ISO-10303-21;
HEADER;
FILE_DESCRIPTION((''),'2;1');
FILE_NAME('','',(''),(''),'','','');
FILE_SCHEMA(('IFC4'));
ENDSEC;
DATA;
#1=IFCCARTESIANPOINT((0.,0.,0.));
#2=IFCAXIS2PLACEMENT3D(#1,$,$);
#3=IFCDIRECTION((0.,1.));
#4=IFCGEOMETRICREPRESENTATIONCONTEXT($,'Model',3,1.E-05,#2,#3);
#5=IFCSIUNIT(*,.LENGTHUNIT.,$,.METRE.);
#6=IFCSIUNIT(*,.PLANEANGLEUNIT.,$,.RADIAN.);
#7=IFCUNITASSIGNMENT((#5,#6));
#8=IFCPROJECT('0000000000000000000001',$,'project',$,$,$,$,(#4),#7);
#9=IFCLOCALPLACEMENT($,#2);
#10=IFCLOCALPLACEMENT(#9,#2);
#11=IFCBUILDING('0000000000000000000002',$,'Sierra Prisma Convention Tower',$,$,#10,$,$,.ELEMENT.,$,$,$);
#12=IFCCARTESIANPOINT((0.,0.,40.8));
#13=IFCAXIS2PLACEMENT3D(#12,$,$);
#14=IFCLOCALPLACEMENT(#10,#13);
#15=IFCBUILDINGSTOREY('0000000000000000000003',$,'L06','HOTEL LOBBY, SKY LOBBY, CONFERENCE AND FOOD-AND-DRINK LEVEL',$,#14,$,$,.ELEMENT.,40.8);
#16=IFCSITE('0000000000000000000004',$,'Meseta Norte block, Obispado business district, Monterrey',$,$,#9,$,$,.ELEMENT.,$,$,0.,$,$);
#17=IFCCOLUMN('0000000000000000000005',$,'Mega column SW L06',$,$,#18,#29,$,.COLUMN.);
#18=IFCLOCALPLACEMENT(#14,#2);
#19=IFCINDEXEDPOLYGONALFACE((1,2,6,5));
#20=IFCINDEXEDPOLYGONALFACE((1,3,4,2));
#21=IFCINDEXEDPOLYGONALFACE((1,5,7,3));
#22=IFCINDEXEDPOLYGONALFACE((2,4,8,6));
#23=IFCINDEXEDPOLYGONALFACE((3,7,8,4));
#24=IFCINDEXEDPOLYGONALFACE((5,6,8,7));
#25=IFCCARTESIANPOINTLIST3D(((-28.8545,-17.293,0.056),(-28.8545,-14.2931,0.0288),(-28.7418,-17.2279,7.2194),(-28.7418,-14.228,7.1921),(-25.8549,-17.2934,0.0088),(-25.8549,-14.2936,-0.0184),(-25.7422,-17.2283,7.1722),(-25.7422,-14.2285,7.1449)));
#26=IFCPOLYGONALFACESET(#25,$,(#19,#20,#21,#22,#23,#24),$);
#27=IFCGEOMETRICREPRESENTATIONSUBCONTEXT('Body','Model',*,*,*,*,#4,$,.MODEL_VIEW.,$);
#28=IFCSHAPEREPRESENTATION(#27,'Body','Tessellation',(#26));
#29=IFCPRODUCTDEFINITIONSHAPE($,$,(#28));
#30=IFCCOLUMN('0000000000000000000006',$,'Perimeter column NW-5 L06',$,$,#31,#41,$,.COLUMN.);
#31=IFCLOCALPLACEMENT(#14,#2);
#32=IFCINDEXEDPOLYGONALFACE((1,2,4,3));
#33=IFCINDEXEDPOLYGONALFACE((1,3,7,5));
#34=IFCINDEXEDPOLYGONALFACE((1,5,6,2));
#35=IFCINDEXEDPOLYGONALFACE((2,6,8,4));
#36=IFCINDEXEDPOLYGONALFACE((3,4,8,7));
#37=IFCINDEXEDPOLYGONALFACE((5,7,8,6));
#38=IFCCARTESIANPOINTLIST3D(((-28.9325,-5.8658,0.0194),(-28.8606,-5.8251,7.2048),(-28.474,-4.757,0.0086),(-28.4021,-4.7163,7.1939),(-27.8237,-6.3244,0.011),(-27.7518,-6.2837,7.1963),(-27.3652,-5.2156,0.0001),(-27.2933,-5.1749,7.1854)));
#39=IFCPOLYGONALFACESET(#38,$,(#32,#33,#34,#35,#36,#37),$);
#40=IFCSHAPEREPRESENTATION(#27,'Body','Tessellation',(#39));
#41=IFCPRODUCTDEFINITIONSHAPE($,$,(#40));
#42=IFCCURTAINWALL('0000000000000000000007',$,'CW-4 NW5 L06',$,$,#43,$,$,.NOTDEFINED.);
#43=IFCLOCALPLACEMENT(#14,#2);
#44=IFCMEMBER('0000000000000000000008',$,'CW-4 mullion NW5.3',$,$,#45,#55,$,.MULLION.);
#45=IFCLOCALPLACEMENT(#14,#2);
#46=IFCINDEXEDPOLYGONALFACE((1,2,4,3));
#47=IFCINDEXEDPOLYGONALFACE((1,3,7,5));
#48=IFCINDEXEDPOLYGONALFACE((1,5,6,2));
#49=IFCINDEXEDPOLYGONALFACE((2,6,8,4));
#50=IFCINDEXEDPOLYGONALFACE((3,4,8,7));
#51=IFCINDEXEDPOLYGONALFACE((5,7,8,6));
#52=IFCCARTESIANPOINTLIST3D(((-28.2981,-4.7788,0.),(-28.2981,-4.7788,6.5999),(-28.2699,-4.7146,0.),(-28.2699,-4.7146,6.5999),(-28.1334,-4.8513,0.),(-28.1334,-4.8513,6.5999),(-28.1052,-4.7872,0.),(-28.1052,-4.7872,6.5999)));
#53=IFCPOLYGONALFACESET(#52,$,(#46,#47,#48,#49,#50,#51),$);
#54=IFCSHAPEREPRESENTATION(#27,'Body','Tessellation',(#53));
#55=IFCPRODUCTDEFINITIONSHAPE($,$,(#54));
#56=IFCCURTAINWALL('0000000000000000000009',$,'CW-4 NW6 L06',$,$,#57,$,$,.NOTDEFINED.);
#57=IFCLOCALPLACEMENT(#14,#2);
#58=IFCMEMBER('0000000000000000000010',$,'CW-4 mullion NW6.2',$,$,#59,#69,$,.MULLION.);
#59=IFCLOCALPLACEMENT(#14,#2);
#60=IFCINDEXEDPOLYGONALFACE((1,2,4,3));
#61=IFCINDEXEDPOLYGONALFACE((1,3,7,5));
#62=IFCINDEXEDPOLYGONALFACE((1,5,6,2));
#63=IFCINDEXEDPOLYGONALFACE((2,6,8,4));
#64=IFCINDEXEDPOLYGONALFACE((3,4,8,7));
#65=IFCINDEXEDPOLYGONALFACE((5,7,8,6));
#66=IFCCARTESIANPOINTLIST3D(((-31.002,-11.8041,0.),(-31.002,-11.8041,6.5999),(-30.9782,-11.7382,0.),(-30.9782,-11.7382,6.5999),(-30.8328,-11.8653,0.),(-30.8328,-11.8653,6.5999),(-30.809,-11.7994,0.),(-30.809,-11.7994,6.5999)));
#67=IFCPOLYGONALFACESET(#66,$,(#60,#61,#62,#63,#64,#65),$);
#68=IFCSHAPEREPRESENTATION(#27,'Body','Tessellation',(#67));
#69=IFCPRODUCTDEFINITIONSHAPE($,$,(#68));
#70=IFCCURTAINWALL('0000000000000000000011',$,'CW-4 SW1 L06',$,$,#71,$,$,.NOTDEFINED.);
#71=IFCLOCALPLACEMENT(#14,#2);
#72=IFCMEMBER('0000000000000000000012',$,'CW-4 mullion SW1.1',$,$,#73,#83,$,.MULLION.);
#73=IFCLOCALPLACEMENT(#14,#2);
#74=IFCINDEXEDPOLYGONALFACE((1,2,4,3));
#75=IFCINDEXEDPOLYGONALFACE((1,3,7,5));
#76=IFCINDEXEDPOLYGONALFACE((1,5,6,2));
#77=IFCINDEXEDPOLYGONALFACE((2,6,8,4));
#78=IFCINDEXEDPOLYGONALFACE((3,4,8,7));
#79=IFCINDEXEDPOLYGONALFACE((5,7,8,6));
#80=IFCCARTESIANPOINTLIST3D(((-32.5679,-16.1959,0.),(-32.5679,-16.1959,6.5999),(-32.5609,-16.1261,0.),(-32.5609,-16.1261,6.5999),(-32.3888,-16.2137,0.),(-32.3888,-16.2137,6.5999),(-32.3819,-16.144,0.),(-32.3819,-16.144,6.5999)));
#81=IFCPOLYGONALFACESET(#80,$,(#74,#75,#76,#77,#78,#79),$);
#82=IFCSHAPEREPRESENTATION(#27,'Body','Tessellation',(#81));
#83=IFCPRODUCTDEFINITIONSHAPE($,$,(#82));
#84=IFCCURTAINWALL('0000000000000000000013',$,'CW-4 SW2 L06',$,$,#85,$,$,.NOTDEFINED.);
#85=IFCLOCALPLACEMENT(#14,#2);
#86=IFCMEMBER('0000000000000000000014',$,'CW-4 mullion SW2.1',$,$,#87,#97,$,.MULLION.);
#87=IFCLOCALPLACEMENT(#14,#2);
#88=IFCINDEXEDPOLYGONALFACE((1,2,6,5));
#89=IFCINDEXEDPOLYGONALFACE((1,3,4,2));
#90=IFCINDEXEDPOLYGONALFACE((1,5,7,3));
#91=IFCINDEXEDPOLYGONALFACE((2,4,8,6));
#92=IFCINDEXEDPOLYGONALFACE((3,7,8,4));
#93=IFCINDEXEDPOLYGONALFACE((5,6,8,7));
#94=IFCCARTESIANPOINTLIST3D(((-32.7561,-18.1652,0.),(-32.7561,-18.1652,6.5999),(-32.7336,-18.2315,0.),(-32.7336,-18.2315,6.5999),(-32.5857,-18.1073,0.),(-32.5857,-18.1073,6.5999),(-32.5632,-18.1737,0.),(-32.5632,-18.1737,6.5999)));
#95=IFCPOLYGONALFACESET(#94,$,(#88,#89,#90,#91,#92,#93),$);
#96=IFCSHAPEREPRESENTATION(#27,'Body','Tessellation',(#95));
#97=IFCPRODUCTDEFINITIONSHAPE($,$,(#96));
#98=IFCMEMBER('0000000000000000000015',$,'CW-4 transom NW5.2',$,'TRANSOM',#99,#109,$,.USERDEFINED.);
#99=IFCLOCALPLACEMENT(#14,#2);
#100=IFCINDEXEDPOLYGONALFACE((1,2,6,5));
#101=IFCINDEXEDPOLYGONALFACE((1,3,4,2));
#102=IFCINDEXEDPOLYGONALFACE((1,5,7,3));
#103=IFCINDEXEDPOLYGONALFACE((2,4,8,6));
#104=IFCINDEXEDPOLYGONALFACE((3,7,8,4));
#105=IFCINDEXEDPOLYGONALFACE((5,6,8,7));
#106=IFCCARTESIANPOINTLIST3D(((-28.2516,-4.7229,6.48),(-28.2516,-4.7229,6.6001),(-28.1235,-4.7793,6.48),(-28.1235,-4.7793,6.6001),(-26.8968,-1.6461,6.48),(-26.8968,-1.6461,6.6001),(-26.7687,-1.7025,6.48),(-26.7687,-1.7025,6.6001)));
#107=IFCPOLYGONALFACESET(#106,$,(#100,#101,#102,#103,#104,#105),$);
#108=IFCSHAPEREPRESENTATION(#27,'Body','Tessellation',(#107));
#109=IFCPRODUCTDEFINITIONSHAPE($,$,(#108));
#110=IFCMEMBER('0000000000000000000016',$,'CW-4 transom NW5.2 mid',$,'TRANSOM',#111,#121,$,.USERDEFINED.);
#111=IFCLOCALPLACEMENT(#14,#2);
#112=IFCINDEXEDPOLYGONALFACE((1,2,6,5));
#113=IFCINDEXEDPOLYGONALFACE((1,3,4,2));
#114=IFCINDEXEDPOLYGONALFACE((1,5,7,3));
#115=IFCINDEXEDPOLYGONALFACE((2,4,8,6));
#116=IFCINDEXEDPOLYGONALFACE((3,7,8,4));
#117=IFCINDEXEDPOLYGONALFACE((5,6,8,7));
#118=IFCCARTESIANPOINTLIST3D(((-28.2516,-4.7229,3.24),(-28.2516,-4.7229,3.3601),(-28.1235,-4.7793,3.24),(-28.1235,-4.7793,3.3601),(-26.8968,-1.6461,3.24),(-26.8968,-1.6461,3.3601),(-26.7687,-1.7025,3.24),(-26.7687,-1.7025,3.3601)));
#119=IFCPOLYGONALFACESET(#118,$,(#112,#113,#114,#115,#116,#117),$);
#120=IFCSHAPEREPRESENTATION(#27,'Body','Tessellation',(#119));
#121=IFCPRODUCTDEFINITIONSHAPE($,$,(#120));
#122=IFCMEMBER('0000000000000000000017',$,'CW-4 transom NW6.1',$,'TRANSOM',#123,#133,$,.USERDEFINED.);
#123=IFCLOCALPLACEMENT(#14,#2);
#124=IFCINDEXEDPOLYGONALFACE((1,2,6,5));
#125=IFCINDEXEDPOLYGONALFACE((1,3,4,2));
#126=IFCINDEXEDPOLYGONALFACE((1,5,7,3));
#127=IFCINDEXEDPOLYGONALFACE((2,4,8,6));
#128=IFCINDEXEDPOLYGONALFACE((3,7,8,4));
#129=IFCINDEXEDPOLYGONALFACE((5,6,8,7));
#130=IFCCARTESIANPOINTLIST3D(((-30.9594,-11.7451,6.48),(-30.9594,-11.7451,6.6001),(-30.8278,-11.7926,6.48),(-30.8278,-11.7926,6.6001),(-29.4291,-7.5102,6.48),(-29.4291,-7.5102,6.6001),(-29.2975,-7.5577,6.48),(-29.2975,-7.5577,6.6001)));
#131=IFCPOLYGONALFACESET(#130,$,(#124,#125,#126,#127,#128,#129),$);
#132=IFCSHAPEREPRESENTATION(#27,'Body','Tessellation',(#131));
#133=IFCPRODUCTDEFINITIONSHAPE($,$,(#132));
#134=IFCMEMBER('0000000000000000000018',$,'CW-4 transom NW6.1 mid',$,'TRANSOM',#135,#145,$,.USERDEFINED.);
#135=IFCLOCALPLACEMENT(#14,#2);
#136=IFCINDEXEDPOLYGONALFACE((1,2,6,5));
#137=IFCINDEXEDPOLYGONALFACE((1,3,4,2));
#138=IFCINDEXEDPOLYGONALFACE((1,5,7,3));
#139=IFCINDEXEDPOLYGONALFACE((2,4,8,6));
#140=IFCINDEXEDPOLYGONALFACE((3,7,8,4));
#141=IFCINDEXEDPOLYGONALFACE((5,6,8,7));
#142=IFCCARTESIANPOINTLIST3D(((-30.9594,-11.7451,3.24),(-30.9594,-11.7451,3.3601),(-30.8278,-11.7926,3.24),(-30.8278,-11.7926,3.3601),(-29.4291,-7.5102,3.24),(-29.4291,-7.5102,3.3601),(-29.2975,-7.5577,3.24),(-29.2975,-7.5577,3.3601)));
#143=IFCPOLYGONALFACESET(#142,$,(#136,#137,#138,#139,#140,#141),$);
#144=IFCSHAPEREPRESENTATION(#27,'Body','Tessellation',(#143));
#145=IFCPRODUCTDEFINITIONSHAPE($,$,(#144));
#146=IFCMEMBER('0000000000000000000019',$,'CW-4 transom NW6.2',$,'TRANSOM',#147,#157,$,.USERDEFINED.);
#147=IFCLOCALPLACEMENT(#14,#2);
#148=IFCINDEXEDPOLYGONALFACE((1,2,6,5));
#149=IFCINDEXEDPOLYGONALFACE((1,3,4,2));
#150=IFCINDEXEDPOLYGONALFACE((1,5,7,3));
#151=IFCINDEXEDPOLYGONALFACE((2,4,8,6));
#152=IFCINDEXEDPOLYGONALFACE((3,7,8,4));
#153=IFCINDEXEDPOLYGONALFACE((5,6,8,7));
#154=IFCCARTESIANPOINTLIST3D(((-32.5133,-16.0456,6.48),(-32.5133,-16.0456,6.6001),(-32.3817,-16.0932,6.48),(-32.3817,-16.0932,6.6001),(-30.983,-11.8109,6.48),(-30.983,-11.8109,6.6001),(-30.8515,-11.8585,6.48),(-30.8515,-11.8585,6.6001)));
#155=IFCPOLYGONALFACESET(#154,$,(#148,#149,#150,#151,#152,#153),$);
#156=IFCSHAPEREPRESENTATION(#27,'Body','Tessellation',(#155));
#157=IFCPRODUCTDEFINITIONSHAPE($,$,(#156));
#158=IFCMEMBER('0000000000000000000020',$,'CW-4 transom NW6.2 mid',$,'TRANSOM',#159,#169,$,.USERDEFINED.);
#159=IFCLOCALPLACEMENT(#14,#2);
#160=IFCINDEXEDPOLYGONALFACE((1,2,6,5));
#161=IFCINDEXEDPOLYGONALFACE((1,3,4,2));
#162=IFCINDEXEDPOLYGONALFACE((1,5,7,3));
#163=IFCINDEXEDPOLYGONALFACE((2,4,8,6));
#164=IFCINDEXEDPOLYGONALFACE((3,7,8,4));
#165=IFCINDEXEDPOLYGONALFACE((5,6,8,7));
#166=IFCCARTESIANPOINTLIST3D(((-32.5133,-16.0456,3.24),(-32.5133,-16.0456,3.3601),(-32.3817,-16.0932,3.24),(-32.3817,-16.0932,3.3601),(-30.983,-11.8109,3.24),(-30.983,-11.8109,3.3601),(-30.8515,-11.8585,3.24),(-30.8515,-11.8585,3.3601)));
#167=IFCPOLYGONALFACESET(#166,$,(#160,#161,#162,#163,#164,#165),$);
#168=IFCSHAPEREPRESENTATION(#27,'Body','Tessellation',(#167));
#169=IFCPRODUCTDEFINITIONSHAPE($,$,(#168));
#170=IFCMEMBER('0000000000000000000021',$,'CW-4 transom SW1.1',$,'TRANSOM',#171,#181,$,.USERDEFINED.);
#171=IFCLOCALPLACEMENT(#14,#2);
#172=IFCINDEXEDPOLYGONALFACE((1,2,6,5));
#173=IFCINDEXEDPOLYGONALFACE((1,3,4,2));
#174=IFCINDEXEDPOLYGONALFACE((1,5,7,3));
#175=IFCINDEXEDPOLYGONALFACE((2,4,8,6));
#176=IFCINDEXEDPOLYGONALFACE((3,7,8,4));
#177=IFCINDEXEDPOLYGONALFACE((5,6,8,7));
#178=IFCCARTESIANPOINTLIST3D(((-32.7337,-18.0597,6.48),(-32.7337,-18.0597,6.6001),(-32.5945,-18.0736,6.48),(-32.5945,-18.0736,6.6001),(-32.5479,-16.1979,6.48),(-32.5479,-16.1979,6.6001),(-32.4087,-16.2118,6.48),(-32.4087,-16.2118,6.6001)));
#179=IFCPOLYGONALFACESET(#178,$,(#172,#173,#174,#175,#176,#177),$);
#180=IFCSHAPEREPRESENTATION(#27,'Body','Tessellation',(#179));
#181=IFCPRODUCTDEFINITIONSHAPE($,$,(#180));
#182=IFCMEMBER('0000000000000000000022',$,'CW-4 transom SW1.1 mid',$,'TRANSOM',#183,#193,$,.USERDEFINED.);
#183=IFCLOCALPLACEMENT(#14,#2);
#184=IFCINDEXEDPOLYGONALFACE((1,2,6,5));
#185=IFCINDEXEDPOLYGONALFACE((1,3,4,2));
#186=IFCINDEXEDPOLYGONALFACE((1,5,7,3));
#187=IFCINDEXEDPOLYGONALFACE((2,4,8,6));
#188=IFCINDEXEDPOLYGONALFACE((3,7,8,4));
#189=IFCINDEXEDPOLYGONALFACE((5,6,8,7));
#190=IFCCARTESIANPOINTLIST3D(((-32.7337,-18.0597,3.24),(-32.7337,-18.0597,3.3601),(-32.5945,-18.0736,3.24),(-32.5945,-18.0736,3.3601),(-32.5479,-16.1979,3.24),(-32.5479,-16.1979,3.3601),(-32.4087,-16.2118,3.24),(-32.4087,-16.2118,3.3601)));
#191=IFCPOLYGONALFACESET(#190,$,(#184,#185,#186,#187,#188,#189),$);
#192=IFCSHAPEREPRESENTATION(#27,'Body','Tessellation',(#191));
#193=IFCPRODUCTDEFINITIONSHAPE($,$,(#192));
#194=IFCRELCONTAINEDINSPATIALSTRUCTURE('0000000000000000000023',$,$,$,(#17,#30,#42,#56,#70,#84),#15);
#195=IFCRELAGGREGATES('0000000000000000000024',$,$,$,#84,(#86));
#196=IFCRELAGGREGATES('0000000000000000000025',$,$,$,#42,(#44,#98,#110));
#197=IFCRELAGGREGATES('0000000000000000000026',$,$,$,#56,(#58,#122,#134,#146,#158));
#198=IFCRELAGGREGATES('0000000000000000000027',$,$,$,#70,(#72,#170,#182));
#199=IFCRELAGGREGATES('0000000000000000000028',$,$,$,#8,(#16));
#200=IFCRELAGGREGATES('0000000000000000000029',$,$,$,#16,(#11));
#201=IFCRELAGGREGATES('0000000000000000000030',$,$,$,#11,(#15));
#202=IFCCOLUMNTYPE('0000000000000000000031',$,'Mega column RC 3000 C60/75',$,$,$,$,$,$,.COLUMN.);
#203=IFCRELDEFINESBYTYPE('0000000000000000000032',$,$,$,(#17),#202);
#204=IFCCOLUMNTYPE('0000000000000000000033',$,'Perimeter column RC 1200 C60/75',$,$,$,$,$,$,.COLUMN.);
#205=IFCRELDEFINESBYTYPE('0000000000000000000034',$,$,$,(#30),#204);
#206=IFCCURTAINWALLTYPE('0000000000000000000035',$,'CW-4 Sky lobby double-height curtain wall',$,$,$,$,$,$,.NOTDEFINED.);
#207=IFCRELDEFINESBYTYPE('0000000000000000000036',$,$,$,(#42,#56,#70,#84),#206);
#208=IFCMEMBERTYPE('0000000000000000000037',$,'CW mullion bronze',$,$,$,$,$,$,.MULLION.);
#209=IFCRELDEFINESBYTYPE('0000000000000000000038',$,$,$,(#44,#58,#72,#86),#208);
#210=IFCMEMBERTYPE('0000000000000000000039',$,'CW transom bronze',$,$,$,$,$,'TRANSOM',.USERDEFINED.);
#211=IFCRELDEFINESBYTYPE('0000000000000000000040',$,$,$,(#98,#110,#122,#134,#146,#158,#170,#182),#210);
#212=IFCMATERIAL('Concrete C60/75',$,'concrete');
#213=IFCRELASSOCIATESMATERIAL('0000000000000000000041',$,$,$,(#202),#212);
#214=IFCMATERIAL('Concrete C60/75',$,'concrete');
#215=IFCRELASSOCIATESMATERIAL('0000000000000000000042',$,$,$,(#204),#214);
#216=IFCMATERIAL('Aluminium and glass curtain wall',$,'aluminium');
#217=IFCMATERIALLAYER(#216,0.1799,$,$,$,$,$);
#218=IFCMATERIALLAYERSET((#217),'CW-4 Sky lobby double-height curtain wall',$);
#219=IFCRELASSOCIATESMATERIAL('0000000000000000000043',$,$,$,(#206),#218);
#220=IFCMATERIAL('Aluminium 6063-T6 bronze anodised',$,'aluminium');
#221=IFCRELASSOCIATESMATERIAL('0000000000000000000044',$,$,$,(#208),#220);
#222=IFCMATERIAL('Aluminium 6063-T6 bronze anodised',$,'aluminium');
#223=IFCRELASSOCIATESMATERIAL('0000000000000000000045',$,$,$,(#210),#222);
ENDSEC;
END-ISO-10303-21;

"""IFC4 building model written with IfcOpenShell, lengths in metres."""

from ifc_helpers import new_model, si_unit, direction, frame, origin, origin_2d, place, context, subcontext, project, spatial, rectangle, extrude, clip, halfspace, material, layer, layer_set, material_profile, profile_set, type_object, element, aggregate, save


model = new_model("IFC4")

# Units and contexts
model_context = context("Model", 3, precision=1e-05, world=origin(), true_north=direction((0.0, 1.0)))
body_context = subcontext(model_context, "Body", "Model", "MODEL_VIEW")
ifc_project = project(units=[si_unit("LENGTHUNIT", "METRE"), si_unit("PLANEANGLEUNIT", "RADIAN")], contexts=[model_context])

# Site, building, storey
site_placement = place(None, origin())
site = spatial("IfcSite", under=ifc_project, at=site_placement, Name="Meseta Norte block, Obispado business district, Monterrey", CompositionType="ELEMENT", RefElevation=0.0)
building_placement = place(site_placement, origin())
building = spatial("IfcBuilding", under=site, at=building_placement, Name="Sierra Prisma Convention Tower", CompositionType="ELEMENT")
storey_placement = place(building_placement, frame((0.0, 0.0, 40.8)))
storey = spatial("IfcBuildingStorey", under=building, at=storey_placement, Name="L06", Description="HOTEL LOBBY, SKY LOBBY, CONFERENCE AND FOOD-AND-DRINK LEVEL", CompositionType="ELEMENT", Elevation=40.8)

# Columns
ifc_material_1 = material(Name="Concrete C60/75", Category="concrete")
ifc_material_profile_1 = material_profile(ifc_material_1, rectangle(XDim=3.0, YDim=3.0, at=origin_2d()), Name="Mega column RC 3000 C60/75")
ifc_profile_set_1 = profile_set([ifc_material_profile_1], Name="Concrete C60/75")
column_type_1 = type_object("IfcColumnType", Name="Mega column RC 3000 C60/75", PredefinedType="COLUMN", material=ifc_profile_set_1)
column_1_placement = place(storey_placement, frame((-27.355, -15.7935, 0.0), z_axis=(0.015731, 0.009086, 0.999835), x_axis=(0.999876, -0.000143, -0.01573)))
element("IfcColumn", 1, at=column_1_placement, inside=storey, type_object=column_type_1, Name="Mega column SW L06", PredefinedType="COLUMN", context=body_context, shape_type="SweptSolid", body=[
    clip(clip(extrude(rectangle(XDim=3.0, YDim=3.0, at=origin_2d()), origin(), (0.0, 0.0, 1.0), 7.2012), halfspace(frame((0.0, 0.0, 0.0188)), True)), halfspace(frame((0.0, 0.0, 7.1833)), False)),
])
ifc_material_2 = material(Name="Concrete C60/75", Category="concrete")
ifc_material_profile_2 = material_profile(ifc_material_2, rectangle(XDim=1.2, YDim=1.2, at=origin_2d()), Name="Perimeter column RC 1200 C60/75")
ifc_profile_set_2 = profile_set([ifc_material_profile_2], Name="Concrete C60/75")
column_type_2 = type_object("IfcColumnType", Name="Perimeter column RC 1200 C60/75", PredefinedType="COLUMN", material=ifc_profile_set_2)
column_2_placement = place(storey_placement, frame((-28.1489, -5.5408, 0.0), z_axis=(0.010002, 0.005662, 0.999934), x_axis=(0.382116, 0.92407, -0.009055)))
element("IfcColumn", 2, at=column_2_placement, inside=storey, type_object=column_type_2, Name="Perimeter column NW-5 L06", PredefinedType="COLUMN", context=body_context, shape_type="SweptSolid", body=[
    clip(clip(extrude(rectangle(XDim=1.2, YDim=1.2, at=origin_2d()), origin(), (0.0, 0.0, 1.0), 7.2004), halfspace(frame((0.0, 0.0, 0.0098)), True)), halfspace(frame((0.0, 0.0, 7.1956)), False)),
])

# Curtain walls, members
ifc_material_3 = material(Name="Aluminium and glass curtain wall", Category="aluminium")
ifc_layer_1 = layer(ifc_material_3, 0.1799)
ifc_layer_set_1 = layer_set([ifc_layer_1], Name="CW-4 Sky lobby double-height curtain wall")
curtain_wall_type = type_object("IfcCurtainWallType", Name="CW-4 Sky lobby double-height curtain wall", PredefinedType="NOTDEFINED", material=ifc_layer_set_1)
curtain_wall_1_placement = place(storey_placement, origin())
curtain_wall_1 = element("IfcCurtainWall", 3, at=curtain_wall_1_placement, inside=storey, type_object=curtain_wall_type, Name="CW-4 NW5 L06", PredefinedType="NOTDEFINED")
ifc_material_4 = material(Name="Aluminium 6063-T6 bronze anodised", Category="aluminium")
ifc_material_profile_3 = material_profile(ifc_material_4, rectangle(XDim=0.1799, YDim=0.0701, at=origin_2d()), Name="ALU MULLION 70x180")
ifc_profile_set_3 = profile_set([ifc_material_profile_3], Name="Aluminium 6063-T6 bronze anodised")
member_type_1 = type_object("IfcMemberType", Name="CW mullion bronze", PredefinedType="MULLION", material=ifc_profile_set_3)
member_1_placement = place(storey_placement, frame((-28.2017, -4.783, 0.0), z_axis=(0.0, 0.0, 1.0), x_axis=(0.915207, -0.402984, 0.0)))
member_1 = element("IfcMember", 4, at=member_1_placement, type_object=member_type_1, Name="CW-4 mullion NW5.3", PredefinedType="MULLION", context=body_context, shape_type="SweptSolid", body=[
    extrude(rectangle(XDim=0.1799, YDim=0.0701, at=origin_2d()), origin(), (0.0, 0.0, 1.0), 6.5999),
])
curtain_wall_2_placement = place(storey_placement, origin())
curtain_wall_2 = element("IfcCurtainWall", 5, at=curtain_wall_2_placement, inside=storey, type_object=curtain_wall_type, Name="CW-4 NW6 L06", PredefinedType="NOTDEFINED")
member_2_placement = place(storey_placement, frame((-30.9055, -11.8018, 0.0), z_axis=(0.0, 0.0, 1.0), x_axis=(0.940479, -0.339853, 0.0)))
member_2 = element("IfcMember", 6, at=member_2_placement, type_object=member_type_1, Name="CW-4 mullion NW6.2", PredefinedType="MULLION", context=body_context, shape_type="SweptSolid", body=[
    extrude(rectangle(XDim=0.1799, YDim=0.0701, at=origin_2d()), origin(), (0.0, 0.0, 1.0), 6.5999),
])
curtain_wall_3_placement = place(storey_placement, origin())
curtain_wall_3 = element("IfcCurtainWall", 7, at=curtain_wall_3_placement, inside=storey, type_object=curtain_wall_type, Name="CW-4 SW1 L06", PredefinedType="NOTDEFINED")
member_3_placement = place(storey_placement, frame((-32.4749, -16.1699, 0.0), z_axis=(0.0, 0.0, 1.0), x_axis=(0.995059, -0.099283, 0.0)))
member_3 = element("IfcMember", 8, at=member_3_placement, type_object=member_type_1, Name="CW-4 mullion SW1.1", PredefinedType="MULLION", context=body_context, shape_type="SweptSolid", body=[
    extrude(rectangle(XDim=0.1799, YDim=0.0701, at=origin_2d()), origin(), (0.0, 0.0, 1.0), 6.5999),
])
curtain_wall_4_placement = place(storey_placement, origin())
curtain_wall_4 = element("IfcCurtainWall", 9, at=curtain_wall_4_placement, inside=storey, type_object=curtain_wall_type, Name="CW-4 SW2 L06", PredefinedType="NOTDEFINED")
member_4_placement = place(storey_placement, frame((-32.6597, -18.1694, 0.0), z_axis=(0.0, 0.0, 1.0), x_axis=(0.946957, 0.321361, 0.0)))
member_4 = element("IfcMember", 10, at=member_4_placement, type_object=member_type_1, Name="CW-4 mullion SW2.1", PredefinedType="MULLION", context=body_context, shape_type="SweptSolid", body=[
    extrude(rectangle(XDim=0.1799, YDim=0.0701, at=origin_2d()), origin(), (0.0, 0.0, 1.0), 6.5999),
])

# Members
ifc_material_5 = material(Name="Aluminium 6063-T6 bronze anodised", Category="aluminium")
ifc_material_profile_4 = material_profile(ifc_material_5, rectangle(XDim=0.1399, YDim=0.1201, at=origin_2d()), Name="ALU TRANSOM 120x140")
ifc_profile_set_4 = profile_set([ifc_material_profile_4], Name="Aluminium 6063-T6 bronze anodised")
member_type_2 = type_object("IfcMemberType", Name="CW transom bronze", ElementType="TRANSOM", PredefinedType="USERDEFINED", material=ifc_profile_set_4)
member_5_placement = place(storey_placement, frame((-26.8328, -1.6743, 6.54), z_axis=(-0.402989, -0.915205, 0.0), x_axis=(0.915205, -0.402989, 0.0)))
member_5 = element("IfcMember", 11, at=member_5_placement, type_object=member_type_2, Name="CW-4 transom NW5.2", ObjectType="TRANSOM", PredefinedType="USERDEFINED", context=body_context, shape_type="SweptSolid", body=[
    extrude(rectangle(XDim=0.1399, YDim=0.1201, at=origin_2d()), origin(), (0.0, 0.0, 1.0), 3.3618),
])
member_6_placement = place(storey_placement, frame((-26.8328, -1.6743, 3.3), z_axis=(-0.402989, -0.915205, 0.0), x_axis=(0.915205, -0.402989, 0.0)))
member_6 = element("IfcMember", 12, at=member_6_placement, type_object=member_type_2, Name="CW-4 transom NW5.2 mid", ObjectType="TRANSOM", PredefinedType="USERDEFINED", context=body_context, shape_type="SweptSolid", body=[
    extrude(rectangle(XDim=0.1399, YDim=0.1201, at=origin_2d()), origin(), (0.0, 0.0, 1.0), 3.3618),
])
member_7_placement = place(storey_placement, frame((-29.3633, -7.5339, 6.54), z_axis=(-0.339844, -0.940482, 0.0), x_axis=(0.940482, -0.339844, 0.0)))
member_7 = element("IfcMember", 13, at=member_7_placement, type_object=member_type_2, Name="CW-4 transom NW6.1", ObjectType="TRANSOM", PredefinedType="USERDEFINED", context=body_context, shape_type="SweptSolid", body=[
    extrude(rectangle(XDim=0.1399, YDim=0.1201, at=origin_2d()), origin(), (0.0, 0.0, 1.0), 4.5029),
])
member_8_placement = place(storey_placement, frame((-29.3633, -7.5339, 3.3), z_axis=(-0.339844, -0.940482, 0.0), x_axis=(0.940482, -0.339844, 0.0)))
member_8 = element("IfcMember", 14, at=member_8_placement, type_object=member_type_2, Name="CW-4 transom NW6.1 mid", ObjectType="TRANSOM", PredefinedType="USERDEFINED", context=body_context, shape_type="SweptSolid", body=[
    extrude(rectangle(XDim=0.1399, YDim=0.1201, at=origin_2d()), origin(), (0.0, 0.0, 1.0), 4.5029),
])
member_9_placement = place(storey_placement, frame((-30.9172, -11.8347, 6.54), z_axis=(-0.339862, -0.940475, 0.0), x_axis=(0.940475, -0.339862, 0.0)))
member_9 = element("IfcMember", 15, at=member_9_placement, type_object=member_type_2, Name="CW-4 transom NW6.2", ObjectType="TRANSOM", PredefinedType="USERDEFINED", context=body_context, shape_type="SweptSolid", body=[
    extrude(rectangle(XDim=0.1399, YDim=0.1201, at=origin_2d()), origin(), (0.0, 0.0, 1.0), 4.5027),
])
member_10_placement = place(storey_placement, frame((-30.9172, -11.8347, 3.3), z_axis=(-0.339862, -0.940475, 0.0), x_axis=(0.940475, -0.339862, 0.0)))
member_10 = element("IfcMember", 16, at=member_10_placement, type_object=member_type_2, Name="CW-4 transom NW6.2 mid", ObjectType="TRANSOM", PredefinedType="USERDEFINED", context=body_context, shape_type="SweptSolid", body=[
    extrude(rectangle(XDim=0.1399, YDim=0.1201, at=origin_2d()), origin(), (0.0, 0.0, 1.0), 4.5027),
])
member_11_placement = place(storey_placement, frame((-32.4783, -16.2048, 6.54), z_axis=(-0.099297, -0.995058, 0.0), x_axis=(0.995058, -0.099297, 0.0)))
member_11 = element("IfcMember", 17, at=member_11_placement, type_object=member_type_2, Name="CW-4 transom SW1.1", ObjectType="TRANSOM", PredefinedType="USERDEFINED", context=body_context, shape_type="SweptSolid", body=[
    extrude(rectangle(XDim=0.1399, YDim=0.1201, at=origin_2d()), origin(), (0.0, 0.0, 1.0), 1.8711),
])
member_12_placement = place(storey_placement, frame((-32.4783, -16.2048, 3.3), z_axis=(-0.099297, -0.995058, 0.0), x_axis=(0.995058, -0.099297, 0.0)))
member_12 = element("IfcMember", 18, at=member_12_placement, type_object=member_type_2, Name="CW-4 transom SW1.1 mid", ObjectType="TRANSOM", PredefinedType="USERDEFINED", context=body_context, shape_type="SweptSolid", body=[
    extrude(rectangle(XDim=0.1399, YDim=0.1201, at=origin_2d()), origin(), (0.0, 0.0, 1.0), 1.8711),
])
aggregate(curtain_wall_4, [member_4])

aggregate(curtain_wall_1, [member_1, member_5, member_6])
aggregate(curtain_wall_2, [member_2, member_7, member_8, member_9, member_10])
aggregate(curtain_wall_3, [member_3, member_11, member_12])

save(model, "model.ifc")
